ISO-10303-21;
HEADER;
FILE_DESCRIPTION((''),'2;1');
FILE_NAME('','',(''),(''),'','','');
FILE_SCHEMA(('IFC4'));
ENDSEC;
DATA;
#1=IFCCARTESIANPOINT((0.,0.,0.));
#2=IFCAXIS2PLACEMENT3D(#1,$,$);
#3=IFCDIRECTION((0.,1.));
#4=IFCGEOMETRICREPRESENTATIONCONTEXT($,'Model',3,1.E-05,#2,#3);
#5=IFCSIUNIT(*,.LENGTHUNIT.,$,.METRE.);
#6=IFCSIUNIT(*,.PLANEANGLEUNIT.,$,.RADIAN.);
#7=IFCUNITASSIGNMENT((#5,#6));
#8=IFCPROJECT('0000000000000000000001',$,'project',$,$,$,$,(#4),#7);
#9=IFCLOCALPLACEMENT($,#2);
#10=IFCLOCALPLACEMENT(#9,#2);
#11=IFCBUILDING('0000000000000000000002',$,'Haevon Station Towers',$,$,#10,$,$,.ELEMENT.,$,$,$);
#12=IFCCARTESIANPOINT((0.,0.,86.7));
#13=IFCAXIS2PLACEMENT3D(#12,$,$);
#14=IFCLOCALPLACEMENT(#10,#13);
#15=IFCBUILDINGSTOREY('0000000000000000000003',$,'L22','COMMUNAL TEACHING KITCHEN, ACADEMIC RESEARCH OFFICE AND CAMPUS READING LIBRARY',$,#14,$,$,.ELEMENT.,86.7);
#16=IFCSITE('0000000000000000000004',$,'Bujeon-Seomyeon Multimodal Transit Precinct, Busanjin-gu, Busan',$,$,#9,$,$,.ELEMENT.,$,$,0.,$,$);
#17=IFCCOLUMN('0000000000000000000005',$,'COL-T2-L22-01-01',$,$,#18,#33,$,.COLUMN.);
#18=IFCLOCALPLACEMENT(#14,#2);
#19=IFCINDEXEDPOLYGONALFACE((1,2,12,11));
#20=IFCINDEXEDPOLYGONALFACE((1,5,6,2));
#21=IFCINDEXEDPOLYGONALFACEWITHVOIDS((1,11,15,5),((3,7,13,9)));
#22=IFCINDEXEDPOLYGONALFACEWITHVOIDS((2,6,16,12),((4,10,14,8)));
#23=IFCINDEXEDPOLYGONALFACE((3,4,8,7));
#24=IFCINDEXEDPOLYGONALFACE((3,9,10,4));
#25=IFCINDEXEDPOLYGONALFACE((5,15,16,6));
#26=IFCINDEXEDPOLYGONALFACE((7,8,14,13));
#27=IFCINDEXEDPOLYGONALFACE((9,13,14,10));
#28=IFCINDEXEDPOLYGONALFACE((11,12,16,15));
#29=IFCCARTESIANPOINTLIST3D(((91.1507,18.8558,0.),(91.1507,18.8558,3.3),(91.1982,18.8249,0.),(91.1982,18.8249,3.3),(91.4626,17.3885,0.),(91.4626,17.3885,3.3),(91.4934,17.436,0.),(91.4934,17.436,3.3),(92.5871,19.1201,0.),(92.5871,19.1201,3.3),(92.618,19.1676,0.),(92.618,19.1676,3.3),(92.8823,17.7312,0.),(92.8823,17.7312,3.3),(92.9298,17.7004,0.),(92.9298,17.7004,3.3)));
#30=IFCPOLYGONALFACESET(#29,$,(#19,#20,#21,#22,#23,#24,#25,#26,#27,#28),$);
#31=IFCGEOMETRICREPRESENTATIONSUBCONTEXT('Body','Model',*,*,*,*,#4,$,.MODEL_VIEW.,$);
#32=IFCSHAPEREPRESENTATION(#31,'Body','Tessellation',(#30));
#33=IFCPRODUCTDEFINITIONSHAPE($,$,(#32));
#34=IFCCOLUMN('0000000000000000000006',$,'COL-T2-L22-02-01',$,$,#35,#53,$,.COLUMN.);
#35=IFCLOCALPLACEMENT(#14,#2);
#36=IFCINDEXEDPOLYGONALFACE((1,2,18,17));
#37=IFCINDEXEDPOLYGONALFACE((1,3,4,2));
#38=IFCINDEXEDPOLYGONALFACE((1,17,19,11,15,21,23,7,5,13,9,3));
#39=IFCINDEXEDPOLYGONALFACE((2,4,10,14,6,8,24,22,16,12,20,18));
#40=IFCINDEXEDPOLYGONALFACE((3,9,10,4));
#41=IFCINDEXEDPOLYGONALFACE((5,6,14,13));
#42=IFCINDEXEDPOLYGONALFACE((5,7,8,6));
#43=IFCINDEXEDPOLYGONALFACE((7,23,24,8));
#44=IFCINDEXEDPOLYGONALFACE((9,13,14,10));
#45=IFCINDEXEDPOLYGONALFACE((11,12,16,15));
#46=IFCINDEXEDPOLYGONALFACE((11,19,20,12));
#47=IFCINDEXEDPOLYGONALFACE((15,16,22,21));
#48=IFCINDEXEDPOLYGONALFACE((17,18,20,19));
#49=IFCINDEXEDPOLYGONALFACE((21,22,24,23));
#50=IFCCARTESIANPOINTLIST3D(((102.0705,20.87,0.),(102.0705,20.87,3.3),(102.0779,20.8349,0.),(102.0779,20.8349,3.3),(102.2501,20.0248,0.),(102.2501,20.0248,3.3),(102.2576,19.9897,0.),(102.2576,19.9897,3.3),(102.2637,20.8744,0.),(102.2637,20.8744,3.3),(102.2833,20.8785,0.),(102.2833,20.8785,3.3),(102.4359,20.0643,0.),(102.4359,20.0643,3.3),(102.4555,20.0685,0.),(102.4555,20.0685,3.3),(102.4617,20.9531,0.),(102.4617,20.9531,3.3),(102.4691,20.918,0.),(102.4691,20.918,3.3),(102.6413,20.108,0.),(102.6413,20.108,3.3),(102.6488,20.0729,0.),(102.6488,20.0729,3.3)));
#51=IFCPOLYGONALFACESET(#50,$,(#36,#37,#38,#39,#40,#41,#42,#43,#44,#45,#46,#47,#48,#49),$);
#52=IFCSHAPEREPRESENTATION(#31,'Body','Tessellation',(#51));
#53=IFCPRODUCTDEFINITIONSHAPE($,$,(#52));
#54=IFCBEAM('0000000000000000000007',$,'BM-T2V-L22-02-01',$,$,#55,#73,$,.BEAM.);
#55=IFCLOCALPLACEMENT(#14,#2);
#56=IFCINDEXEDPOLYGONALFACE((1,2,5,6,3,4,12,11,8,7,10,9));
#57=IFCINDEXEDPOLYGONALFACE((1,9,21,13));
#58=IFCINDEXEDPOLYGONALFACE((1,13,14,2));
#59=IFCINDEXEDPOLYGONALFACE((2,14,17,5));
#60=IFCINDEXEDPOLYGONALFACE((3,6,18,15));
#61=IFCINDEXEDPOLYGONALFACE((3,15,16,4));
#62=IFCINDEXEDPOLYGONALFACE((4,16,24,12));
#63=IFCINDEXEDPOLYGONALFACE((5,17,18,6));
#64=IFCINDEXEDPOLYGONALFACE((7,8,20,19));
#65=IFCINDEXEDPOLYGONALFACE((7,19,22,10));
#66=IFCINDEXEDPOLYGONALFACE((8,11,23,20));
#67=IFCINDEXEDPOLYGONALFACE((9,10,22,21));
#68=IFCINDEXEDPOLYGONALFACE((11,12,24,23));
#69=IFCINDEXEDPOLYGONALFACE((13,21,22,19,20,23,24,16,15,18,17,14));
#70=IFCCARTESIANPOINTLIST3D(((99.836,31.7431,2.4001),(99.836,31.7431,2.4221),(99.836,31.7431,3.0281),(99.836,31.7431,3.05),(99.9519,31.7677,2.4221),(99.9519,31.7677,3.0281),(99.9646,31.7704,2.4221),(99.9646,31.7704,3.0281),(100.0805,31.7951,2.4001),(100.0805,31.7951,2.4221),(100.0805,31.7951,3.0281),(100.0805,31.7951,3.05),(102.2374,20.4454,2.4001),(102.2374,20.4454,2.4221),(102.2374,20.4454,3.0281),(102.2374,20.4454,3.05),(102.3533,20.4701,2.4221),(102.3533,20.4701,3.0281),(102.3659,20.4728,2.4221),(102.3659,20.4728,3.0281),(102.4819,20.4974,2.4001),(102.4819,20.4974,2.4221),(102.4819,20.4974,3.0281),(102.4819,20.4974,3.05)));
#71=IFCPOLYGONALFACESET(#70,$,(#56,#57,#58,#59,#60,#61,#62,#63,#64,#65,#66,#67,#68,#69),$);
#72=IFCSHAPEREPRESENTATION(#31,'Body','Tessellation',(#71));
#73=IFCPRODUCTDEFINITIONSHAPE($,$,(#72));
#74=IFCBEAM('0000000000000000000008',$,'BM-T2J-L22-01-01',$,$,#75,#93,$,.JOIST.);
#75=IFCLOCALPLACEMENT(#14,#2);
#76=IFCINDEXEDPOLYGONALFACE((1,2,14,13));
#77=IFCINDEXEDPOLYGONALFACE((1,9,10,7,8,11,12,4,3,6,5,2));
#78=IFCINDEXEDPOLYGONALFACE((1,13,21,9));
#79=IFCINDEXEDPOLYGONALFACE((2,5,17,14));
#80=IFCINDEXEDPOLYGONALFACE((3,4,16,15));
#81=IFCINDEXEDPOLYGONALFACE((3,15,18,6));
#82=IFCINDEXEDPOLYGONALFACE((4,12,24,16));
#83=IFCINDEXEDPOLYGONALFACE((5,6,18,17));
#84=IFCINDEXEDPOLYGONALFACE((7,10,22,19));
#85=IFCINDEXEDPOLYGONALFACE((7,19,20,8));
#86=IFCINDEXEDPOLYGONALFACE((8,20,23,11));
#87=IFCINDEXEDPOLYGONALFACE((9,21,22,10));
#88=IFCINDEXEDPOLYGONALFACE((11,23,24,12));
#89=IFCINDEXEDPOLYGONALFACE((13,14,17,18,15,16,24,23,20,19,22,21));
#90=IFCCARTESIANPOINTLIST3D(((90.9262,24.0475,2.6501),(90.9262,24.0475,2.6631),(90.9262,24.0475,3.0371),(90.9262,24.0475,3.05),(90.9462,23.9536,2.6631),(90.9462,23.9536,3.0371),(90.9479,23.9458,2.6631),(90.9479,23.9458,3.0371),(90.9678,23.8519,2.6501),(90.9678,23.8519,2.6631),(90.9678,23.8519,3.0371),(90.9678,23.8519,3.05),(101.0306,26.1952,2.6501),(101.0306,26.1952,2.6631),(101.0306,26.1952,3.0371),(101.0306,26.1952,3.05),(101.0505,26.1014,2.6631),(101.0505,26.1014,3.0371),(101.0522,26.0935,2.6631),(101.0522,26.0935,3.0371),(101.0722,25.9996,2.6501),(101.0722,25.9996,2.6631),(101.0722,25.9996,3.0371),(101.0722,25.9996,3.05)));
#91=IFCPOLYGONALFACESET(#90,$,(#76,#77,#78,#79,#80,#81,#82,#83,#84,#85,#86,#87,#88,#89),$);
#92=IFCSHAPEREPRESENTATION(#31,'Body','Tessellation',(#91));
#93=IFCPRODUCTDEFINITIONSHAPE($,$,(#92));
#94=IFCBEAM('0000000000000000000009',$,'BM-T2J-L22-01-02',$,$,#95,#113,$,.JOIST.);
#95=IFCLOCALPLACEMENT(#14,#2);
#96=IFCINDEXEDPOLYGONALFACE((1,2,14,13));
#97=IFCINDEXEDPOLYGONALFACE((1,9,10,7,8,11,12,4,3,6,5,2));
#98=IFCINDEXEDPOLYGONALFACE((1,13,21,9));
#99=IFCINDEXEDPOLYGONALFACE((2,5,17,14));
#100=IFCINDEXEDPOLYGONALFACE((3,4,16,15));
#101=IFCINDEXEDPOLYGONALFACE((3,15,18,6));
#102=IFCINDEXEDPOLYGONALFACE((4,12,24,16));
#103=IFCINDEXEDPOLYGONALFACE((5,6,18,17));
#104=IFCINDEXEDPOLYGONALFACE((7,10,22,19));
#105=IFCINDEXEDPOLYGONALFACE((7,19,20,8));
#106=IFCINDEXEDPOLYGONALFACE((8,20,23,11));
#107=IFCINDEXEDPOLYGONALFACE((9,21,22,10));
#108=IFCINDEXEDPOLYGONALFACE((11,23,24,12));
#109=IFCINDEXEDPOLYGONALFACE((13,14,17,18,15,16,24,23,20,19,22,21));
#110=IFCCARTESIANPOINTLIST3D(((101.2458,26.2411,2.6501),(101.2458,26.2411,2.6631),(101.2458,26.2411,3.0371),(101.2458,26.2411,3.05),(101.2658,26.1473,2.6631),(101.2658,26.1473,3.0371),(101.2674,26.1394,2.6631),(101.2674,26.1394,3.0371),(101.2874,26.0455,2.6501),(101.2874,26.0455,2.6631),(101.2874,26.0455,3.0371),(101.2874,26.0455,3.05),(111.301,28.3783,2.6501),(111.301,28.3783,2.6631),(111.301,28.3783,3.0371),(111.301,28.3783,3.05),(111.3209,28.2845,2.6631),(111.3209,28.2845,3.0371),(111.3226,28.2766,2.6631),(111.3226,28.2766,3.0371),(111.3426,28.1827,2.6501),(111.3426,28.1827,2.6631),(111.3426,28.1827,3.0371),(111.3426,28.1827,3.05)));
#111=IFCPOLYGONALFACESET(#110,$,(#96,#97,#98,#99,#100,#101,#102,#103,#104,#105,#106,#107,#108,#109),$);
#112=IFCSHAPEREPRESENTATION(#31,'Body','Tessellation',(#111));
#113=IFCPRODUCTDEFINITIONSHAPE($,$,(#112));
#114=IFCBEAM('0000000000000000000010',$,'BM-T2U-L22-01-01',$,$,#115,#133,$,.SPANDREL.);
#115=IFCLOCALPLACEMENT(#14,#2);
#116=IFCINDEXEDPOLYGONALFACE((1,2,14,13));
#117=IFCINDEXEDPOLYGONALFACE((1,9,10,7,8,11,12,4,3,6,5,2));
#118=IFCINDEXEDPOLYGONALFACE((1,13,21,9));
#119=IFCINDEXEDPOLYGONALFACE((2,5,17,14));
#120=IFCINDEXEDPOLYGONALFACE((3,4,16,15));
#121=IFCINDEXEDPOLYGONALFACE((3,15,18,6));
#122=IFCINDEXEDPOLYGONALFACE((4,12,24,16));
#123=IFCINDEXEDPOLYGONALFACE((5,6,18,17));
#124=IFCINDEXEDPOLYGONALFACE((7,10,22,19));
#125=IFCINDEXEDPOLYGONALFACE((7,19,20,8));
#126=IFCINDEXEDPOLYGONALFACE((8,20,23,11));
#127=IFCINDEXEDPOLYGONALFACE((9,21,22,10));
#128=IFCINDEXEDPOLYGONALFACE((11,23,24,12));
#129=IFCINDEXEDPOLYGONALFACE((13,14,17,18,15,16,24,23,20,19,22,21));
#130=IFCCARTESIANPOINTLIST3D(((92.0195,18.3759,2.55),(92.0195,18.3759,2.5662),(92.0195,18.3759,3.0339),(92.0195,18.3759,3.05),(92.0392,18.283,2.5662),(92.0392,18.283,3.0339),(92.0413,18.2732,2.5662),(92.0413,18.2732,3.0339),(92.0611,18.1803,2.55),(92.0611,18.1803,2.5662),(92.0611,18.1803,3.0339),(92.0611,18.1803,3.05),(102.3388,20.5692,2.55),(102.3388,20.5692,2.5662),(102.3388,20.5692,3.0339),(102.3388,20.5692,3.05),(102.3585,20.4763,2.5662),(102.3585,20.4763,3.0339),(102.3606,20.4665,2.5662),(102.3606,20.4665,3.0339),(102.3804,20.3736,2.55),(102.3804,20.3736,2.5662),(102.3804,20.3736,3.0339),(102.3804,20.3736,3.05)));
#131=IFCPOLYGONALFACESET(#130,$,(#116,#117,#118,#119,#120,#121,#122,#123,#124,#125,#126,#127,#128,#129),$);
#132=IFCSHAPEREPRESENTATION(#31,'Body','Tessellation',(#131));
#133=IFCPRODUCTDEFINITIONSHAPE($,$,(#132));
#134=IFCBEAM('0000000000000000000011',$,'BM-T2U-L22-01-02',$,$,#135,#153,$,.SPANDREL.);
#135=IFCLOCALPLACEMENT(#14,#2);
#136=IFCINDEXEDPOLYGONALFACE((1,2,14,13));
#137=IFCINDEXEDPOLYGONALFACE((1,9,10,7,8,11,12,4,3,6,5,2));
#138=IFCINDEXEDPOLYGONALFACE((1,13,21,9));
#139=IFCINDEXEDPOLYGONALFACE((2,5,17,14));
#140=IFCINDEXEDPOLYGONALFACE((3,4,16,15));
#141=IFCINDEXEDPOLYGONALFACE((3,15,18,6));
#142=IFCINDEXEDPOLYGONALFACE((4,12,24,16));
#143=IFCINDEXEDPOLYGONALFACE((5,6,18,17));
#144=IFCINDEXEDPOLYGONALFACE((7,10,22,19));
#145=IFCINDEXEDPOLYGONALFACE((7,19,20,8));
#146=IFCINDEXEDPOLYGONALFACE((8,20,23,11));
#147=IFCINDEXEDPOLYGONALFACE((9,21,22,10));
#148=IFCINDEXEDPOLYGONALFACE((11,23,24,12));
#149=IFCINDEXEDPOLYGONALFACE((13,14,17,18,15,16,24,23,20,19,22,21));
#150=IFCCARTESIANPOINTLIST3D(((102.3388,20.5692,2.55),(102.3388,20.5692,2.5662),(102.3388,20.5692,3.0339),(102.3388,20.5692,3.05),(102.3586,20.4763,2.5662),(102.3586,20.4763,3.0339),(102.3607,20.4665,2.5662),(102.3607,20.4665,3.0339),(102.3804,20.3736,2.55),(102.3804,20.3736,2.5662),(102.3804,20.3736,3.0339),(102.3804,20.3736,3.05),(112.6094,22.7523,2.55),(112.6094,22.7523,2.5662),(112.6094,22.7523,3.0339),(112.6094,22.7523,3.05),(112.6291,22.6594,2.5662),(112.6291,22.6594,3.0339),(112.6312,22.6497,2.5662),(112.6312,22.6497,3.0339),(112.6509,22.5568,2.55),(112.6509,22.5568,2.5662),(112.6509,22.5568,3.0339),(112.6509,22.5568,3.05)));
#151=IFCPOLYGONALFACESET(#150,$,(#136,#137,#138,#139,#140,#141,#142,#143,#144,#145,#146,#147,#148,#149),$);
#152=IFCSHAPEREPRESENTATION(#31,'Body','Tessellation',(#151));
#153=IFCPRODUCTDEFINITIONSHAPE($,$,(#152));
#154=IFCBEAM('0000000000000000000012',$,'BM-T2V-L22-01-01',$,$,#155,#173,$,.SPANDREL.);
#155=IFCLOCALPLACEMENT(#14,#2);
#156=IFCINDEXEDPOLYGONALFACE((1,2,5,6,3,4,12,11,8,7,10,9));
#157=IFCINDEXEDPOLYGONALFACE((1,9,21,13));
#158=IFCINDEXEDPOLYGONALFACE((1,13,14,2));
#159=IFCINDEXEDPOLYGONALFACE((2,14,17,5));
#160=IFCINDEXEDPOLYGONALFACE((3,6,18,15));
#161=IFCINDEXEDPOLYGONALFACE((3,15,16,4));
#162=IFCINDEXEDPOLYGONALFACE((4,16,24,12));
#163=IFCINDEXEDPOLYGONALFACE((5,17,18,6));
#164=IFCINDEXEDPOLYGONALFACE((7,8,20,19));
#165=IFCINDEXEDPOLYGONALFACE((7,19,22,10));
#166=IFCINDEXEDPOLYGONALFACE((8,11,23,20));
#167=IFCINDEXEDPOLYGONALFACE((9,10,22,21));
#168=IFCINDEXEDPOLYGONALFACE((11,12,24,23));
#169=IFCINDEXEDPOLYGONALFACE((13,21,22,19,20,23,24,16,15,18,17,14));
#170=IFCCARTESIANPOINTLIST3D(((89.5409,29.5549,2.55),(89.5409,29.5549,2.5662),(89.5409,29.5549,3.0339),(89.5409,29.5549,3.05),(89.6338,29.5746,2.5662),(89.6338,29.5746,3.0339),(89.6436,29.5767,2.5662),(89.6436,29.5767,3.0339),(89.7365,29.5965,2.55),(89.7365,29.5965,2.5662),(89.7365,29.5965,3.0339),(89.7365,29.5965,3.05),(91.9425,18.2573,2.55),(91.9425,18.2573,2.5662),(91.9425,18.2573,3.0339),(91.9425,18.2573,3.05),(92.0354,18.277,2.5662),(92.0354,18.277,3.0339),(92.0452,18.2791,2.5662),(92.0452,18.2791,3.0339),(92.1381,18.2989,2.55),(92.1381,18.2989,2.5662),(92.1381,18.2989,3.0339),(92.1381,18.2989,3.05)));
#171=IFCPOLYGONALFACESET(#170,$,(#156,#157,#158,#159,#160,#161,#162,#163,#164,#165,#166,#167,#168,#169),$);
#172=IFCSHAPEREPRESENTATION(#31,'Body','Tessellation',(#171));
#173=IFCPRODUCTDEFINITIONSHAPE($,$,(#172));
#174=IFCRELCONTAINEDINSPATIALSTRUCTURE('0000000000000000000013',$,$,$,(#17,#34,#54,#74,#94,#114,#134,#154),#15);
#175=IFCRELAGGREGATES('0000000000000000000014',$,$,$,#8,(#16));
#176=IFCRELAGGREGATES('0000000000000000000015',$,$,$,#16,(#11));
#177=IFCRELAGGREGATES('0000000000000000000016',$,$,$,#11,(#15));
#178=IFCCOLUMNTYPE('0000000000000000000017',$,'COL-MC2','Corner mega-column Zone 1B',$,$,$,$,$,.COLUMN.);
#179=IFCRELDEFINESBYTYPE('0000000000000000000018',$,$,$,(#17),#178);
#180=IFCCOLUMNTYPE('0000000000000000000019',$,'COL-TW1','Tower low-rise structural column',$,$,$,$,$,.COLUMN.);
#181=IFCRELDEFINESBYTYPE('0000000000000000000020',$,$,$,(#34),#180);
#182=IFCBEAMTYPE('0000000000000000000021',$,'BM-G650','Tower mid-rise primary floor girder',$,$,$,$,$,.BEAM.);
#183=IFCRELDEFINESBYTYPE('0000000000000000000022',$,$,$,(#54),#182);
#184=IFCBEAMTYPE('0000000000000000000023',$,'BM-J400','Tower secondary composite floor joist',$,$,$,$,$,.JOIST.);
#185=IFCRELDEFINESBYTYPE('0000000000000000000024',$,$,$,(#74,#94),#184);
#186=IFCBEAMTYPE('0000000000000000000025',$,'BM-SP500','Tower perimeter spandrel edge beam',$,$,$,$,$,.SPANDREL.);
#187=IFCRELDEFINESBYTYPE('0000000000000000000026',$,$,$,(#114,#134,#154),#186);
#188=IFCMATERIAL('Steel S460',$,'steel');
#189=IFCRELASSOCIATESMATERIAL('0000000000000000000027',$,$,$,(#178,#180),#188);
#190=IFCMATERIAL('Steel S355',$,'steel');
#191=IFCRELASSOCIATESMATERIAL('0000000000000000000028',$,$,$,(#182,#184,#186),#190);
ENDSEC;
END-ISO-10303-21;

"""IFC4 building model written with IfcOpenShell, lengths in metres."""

from ifc_helpers import new_model, si_unit, direction, frame, origin, origin_2d, place, context, subcontext, project, spatial, hollow_rectangle, i_section, extrude, material, material_profile, profile_set, type_object, element, save


model = new_model("IFC4")

# Units and contexts
model_context = context("Model", 3, precision=1e-05, world=origin(), true_north=direction((0.0, 1.0)))
body_context = subcontext(model_context, "Body", "Model", "MODEL_VIEW")
ifc_project = project(units=[si_unit("LENGTHUNIT", "METRE"), si_unit("PLANEANGLEUNIT", "RADIAN")], contexts=[model_context])

# Site, building, storey
site_placement = place(None, origin())
site = spatial("IfcSite", under=ifc_project, at=site_placement, Name="Bujeon-Seomyeon Multimodal Transit Precinct, Busanjin-gu, Busan", CompositionType="ELEMENT", RefElevation=0.0)
building_placement = place(site_placement, origin())
building = spatial("IfcBuilding", under=site, at=building_placement, Name="Haevon Station Towers", CompositionType="ELEMENT")
storey_placement = place(building_placement, frame((0.0, 0.0, 86.7)))
storey = spatial("IfcBuildingStorey", under=building, at=storey_placement, Name="L22", Description="COMMUNAL TEACHING KITCHEN, ACADEMIC RESEARCH OFFICE AND CAMPUS READING LIBRARY", CompositionType="ELEMENT", Elevation=86.7)

# Columns
ifc_material_1 = material(Name="Steel S460", Category="steel")
ifc_material_profile_1 = material_profile(ifc_material_1, hollow_rectangle(XDim=1.5, YDim=1.5, WallThickness=0.04, at=origin_2d()), Name="BOX-1500x1500x40")
ifc_profile_set_1 = profile_set([ifc_material_profile_1], Name="Steel S460")
column_type_1 = type_object("IfcColumnType", Name="COL-MC2", Description="Corner mega-column Zone 1B", PredefinedType="COLUMN", material=ifc_profile_set_1)
column_1_placement = place(storey_placement, frame((92.0403, 18.2781, 0.0), z_axis=(0.0, 0.0, 1.0), x_axis=(0.978148, 0.207912, 0.0)))
element("IfcColumn", 1, at=column_1_placement, inside=storey, type_object=column_type_1, Name="COL-T2-L22-01-01", PredefinedType="COLUMN", context=body_context, shape_type="SweptSolid", body=[
    extrude(hollow_rectangle(XDim=1.5, YDim=1.5, WallThickness=0.04, at=origin_2d()), origin(), (0.0, 0.0, 1.0), 3.3),
])
ifc_material_profile_2 = material_profile(ifc_material_1, i_section(OverallWidth=0.3999, OverallDepth=0.8999, WebThickness=0.02, FlangeThickness=0.0359, at=origin_2d()), Name="H-900x400x20x36")
ifc_profile_set_2 = profile_set([ifc_material_profile_2], Name="Steel S460")
column_type_2 = type_object("IfcColumnType", Name="COL-TW1", Description="Tower low-rise structural column", PredefinedType="COLUMN", material=ifc_profile_set_2)
column_2_placement = place(storey_placement, frame((102.3596, 20.4714, 0.0), z_axis=(0.0, 0.0, 1.0), x_axis=(0.978148, 0.207912, 0.0)))
element("IfcColumn", 2, at=column_2_placement, inside=storey, type_object=column_type_2, Name="COL-T2-L22-02-01", PredefinedType="COLUMN", context=body_context, shape_type="SweptSolid", body=[
    extrude(i_section(OverallWidth=0.3999, OverallDepth=0.8999, WebThickness=0.02, FlangeThickness=0.0359, at=origin_2d()), origin(), (0.0, 0.0, 1.0), 3.3),
])

# Beams
ifc_material_2 = material(Name="Steel S355", Category="steel")
ifc_material_profile_3 = material_profile(ifc_material_2, i_section(OverallWidth=0.25, OverallDepth=0.6499, WebThickness=0.0129, FlangeThickness=0.022, at=origin_2d()), Name="H-650x250x13x22")
ifc_profile_set_3 = profile_set([ifc_material_profile_3], Name="Steel S355")
beam_type_1 = type_object("IfcBeamType", Name="BM-G650", Description="Tower mid-rise primary floor girder", PredefinedType="BEAM", material=ifc_profile_set_3)
beam_1_placement = place(storey_placement, frame((102.3596, 20.4714, 2.7251), z_axis=(-0.207911, 0.978148, 0.0), x_axis=(-0.978148, -0.207911, 0.0)))
element("IfcBeam", 3, at=beam_1_placement, inside=storey, type_object=beam_type_1, Name="BM-T2V-L22-02-01", PredefinedType="BEAM", context=body_context, shape_type="SweptSolid", body=[
    extrude(i_section(OverallWidth=0.25, OverallDepth=0.6499, WebThickness=0.0129, FlangeThickness=0.022, at=origin_2d()), origin(), (0.0, 0.0, 1.0), 11.55),
])
ifc_material_profile_4 = material_profile(ifc_material_2, i_section(OverallWidth=0.2, OverallDepth=0.3999, WebThickness=0.0081, FlangeThickness=0.0129, at=origin_2d()), Name="H-400x200x8x13")
ifc_profile_set_4 = profile_set([ifc_material_profile_4], Name="Steel S355")
beam_type_2 = type_object("IfcBeamType", Name="BM-J400", Description="Tower secondary composite floor joist", PredefinedType="JOIST", material=ifc_profile_set_4)
beam_2_placement = place(storey_placement, frame((90.947, 23.9497, 2.8501), z_axis=(0.978148, 0.20791, 0.0), x_axis=(-0.20791, 0.978148, 0.0)))
element("IfcBeam", 4, at=beam_2_placement, inside=storey, type_object=beam_type_2, Name="BM-T2J-L22-01-01", PredefinedType="JOIST", context=body_context, shape_type="SweptSolid", body=[
    extrude(i_section(OverallWidth=0.2, OverallDepth=0.3999, WebThickness=0.0081, FlangeThickness=0.0129, at=origin_2d()), origin(), (0.0, 0.0, 1.0), 10.3301),
])
beam_3_placement = place(storey_placement, frame((101.2666, 26.1433, 2.8501), z_axis=(0.978149, 0.207904, 0.0), x_axis=(-0.207904, 0.978149, 0.0)))
element("IfcBeam", 5, at=beam_3_placement, inside=storey, type_object=beam_type_2, Name="BM-T2J-L22-01-02", PredefinedType="JOIST", context=body_context, shape_type="SweptSolid", body=[
    extrude(i_section(OverallWidth=0.2, OverallDepth=0.3999, WebThickness=0.0081, FlangeThickness=0.0129, at=origin_2d()), origin(), (0.0, 0.0, 1.0), 10.2798),
])
ifc_material_profile_5 = material_profile(ifc_material_2, i_section(OverallWidth=0.2, OverallDepth=0.5, WebThickness=0.01, FlangeThickness=0.0161, at=origin_2d()), Name="H-500x200x10x16")
ifc_profile_set_5 = profile_set([ifc_material_profile_5], Name="Steel S355")
beam_type_3 = type_object("IfcBeamType", Name="BM-SP500", Description="Tower perimeter spandrel edge beam", PredefinedType="SPANDREL", material=ifc_profile_set_5)
beam_4_placement = place(storey_placement, frame((92.0403, 18.2781, 2.8), z_axis=(0.978149, 0.207904, 0.0), x_axis=(-0.207904, 0.978149, 0.0)))
element("IfcBeam", 6, at=beam_4_placement, inside=storey, type_object=beam_type_3, Name="BM-T2U-L22-01-01", PredefinedType="SPANDREL", context=body_context, shape_type="SweptSolid", body=[
    extrude(i_section(OverallWidth=0.2, OverallDepth=0.5, WebThickness=0.01, FlangeThickness=0.0161, at=origin_2d()), origin(), (0.0, 0.0, 1.0), 10.5498),
])
beam_5_placement = place(storey_placement, frame((102.3596, 20.4714, 2.8), z_axis=(0.978147, 0.207915, 0.0), x_axis=(-0.207915, 0.978147, 0.0)))
element("IfcBeam", 7, at=beam_5_placement, inside=storey, type_object=beam_type_3, Name="BM-T2U-L22-01-02", PredefinedType="SPANDREL", context=body_context, shape_type="SweptSolid", body=[
    extrude(i_section(OverallWidth=0.2, OverallDepth=0.5, WebThickness=0.01, FlangeThickness=0.0161, at=origin_2d()), origin(), (0.0, 0.0, 1.0), 10.5),
])
beam_6_placement = place(storey_placement, frame((92.0403, 18.2781, 2.8), z_axis=(-0.207931, 0.978144, 0.0), x_axis=(-0.978144, -0.207931, 0.0)))
element("IfcBeam", 8, at=beam_6_placement, inside=storey, type_object=beam_type_3, Name="BM-T2V-L22-01-01", PredefinedType="SPANDREL", context=body_context, shape_type="SweptSolid", body=[
    extrude(i_section(OverallWidth=0.2, OverallDepth=0.5, WebThickness=0.01, FlangeThickness=0.0161, at=origin_2d()), origin(), (0.0, 0.0, 1.0), 11.55),
])

save(model, "model.ifc")
